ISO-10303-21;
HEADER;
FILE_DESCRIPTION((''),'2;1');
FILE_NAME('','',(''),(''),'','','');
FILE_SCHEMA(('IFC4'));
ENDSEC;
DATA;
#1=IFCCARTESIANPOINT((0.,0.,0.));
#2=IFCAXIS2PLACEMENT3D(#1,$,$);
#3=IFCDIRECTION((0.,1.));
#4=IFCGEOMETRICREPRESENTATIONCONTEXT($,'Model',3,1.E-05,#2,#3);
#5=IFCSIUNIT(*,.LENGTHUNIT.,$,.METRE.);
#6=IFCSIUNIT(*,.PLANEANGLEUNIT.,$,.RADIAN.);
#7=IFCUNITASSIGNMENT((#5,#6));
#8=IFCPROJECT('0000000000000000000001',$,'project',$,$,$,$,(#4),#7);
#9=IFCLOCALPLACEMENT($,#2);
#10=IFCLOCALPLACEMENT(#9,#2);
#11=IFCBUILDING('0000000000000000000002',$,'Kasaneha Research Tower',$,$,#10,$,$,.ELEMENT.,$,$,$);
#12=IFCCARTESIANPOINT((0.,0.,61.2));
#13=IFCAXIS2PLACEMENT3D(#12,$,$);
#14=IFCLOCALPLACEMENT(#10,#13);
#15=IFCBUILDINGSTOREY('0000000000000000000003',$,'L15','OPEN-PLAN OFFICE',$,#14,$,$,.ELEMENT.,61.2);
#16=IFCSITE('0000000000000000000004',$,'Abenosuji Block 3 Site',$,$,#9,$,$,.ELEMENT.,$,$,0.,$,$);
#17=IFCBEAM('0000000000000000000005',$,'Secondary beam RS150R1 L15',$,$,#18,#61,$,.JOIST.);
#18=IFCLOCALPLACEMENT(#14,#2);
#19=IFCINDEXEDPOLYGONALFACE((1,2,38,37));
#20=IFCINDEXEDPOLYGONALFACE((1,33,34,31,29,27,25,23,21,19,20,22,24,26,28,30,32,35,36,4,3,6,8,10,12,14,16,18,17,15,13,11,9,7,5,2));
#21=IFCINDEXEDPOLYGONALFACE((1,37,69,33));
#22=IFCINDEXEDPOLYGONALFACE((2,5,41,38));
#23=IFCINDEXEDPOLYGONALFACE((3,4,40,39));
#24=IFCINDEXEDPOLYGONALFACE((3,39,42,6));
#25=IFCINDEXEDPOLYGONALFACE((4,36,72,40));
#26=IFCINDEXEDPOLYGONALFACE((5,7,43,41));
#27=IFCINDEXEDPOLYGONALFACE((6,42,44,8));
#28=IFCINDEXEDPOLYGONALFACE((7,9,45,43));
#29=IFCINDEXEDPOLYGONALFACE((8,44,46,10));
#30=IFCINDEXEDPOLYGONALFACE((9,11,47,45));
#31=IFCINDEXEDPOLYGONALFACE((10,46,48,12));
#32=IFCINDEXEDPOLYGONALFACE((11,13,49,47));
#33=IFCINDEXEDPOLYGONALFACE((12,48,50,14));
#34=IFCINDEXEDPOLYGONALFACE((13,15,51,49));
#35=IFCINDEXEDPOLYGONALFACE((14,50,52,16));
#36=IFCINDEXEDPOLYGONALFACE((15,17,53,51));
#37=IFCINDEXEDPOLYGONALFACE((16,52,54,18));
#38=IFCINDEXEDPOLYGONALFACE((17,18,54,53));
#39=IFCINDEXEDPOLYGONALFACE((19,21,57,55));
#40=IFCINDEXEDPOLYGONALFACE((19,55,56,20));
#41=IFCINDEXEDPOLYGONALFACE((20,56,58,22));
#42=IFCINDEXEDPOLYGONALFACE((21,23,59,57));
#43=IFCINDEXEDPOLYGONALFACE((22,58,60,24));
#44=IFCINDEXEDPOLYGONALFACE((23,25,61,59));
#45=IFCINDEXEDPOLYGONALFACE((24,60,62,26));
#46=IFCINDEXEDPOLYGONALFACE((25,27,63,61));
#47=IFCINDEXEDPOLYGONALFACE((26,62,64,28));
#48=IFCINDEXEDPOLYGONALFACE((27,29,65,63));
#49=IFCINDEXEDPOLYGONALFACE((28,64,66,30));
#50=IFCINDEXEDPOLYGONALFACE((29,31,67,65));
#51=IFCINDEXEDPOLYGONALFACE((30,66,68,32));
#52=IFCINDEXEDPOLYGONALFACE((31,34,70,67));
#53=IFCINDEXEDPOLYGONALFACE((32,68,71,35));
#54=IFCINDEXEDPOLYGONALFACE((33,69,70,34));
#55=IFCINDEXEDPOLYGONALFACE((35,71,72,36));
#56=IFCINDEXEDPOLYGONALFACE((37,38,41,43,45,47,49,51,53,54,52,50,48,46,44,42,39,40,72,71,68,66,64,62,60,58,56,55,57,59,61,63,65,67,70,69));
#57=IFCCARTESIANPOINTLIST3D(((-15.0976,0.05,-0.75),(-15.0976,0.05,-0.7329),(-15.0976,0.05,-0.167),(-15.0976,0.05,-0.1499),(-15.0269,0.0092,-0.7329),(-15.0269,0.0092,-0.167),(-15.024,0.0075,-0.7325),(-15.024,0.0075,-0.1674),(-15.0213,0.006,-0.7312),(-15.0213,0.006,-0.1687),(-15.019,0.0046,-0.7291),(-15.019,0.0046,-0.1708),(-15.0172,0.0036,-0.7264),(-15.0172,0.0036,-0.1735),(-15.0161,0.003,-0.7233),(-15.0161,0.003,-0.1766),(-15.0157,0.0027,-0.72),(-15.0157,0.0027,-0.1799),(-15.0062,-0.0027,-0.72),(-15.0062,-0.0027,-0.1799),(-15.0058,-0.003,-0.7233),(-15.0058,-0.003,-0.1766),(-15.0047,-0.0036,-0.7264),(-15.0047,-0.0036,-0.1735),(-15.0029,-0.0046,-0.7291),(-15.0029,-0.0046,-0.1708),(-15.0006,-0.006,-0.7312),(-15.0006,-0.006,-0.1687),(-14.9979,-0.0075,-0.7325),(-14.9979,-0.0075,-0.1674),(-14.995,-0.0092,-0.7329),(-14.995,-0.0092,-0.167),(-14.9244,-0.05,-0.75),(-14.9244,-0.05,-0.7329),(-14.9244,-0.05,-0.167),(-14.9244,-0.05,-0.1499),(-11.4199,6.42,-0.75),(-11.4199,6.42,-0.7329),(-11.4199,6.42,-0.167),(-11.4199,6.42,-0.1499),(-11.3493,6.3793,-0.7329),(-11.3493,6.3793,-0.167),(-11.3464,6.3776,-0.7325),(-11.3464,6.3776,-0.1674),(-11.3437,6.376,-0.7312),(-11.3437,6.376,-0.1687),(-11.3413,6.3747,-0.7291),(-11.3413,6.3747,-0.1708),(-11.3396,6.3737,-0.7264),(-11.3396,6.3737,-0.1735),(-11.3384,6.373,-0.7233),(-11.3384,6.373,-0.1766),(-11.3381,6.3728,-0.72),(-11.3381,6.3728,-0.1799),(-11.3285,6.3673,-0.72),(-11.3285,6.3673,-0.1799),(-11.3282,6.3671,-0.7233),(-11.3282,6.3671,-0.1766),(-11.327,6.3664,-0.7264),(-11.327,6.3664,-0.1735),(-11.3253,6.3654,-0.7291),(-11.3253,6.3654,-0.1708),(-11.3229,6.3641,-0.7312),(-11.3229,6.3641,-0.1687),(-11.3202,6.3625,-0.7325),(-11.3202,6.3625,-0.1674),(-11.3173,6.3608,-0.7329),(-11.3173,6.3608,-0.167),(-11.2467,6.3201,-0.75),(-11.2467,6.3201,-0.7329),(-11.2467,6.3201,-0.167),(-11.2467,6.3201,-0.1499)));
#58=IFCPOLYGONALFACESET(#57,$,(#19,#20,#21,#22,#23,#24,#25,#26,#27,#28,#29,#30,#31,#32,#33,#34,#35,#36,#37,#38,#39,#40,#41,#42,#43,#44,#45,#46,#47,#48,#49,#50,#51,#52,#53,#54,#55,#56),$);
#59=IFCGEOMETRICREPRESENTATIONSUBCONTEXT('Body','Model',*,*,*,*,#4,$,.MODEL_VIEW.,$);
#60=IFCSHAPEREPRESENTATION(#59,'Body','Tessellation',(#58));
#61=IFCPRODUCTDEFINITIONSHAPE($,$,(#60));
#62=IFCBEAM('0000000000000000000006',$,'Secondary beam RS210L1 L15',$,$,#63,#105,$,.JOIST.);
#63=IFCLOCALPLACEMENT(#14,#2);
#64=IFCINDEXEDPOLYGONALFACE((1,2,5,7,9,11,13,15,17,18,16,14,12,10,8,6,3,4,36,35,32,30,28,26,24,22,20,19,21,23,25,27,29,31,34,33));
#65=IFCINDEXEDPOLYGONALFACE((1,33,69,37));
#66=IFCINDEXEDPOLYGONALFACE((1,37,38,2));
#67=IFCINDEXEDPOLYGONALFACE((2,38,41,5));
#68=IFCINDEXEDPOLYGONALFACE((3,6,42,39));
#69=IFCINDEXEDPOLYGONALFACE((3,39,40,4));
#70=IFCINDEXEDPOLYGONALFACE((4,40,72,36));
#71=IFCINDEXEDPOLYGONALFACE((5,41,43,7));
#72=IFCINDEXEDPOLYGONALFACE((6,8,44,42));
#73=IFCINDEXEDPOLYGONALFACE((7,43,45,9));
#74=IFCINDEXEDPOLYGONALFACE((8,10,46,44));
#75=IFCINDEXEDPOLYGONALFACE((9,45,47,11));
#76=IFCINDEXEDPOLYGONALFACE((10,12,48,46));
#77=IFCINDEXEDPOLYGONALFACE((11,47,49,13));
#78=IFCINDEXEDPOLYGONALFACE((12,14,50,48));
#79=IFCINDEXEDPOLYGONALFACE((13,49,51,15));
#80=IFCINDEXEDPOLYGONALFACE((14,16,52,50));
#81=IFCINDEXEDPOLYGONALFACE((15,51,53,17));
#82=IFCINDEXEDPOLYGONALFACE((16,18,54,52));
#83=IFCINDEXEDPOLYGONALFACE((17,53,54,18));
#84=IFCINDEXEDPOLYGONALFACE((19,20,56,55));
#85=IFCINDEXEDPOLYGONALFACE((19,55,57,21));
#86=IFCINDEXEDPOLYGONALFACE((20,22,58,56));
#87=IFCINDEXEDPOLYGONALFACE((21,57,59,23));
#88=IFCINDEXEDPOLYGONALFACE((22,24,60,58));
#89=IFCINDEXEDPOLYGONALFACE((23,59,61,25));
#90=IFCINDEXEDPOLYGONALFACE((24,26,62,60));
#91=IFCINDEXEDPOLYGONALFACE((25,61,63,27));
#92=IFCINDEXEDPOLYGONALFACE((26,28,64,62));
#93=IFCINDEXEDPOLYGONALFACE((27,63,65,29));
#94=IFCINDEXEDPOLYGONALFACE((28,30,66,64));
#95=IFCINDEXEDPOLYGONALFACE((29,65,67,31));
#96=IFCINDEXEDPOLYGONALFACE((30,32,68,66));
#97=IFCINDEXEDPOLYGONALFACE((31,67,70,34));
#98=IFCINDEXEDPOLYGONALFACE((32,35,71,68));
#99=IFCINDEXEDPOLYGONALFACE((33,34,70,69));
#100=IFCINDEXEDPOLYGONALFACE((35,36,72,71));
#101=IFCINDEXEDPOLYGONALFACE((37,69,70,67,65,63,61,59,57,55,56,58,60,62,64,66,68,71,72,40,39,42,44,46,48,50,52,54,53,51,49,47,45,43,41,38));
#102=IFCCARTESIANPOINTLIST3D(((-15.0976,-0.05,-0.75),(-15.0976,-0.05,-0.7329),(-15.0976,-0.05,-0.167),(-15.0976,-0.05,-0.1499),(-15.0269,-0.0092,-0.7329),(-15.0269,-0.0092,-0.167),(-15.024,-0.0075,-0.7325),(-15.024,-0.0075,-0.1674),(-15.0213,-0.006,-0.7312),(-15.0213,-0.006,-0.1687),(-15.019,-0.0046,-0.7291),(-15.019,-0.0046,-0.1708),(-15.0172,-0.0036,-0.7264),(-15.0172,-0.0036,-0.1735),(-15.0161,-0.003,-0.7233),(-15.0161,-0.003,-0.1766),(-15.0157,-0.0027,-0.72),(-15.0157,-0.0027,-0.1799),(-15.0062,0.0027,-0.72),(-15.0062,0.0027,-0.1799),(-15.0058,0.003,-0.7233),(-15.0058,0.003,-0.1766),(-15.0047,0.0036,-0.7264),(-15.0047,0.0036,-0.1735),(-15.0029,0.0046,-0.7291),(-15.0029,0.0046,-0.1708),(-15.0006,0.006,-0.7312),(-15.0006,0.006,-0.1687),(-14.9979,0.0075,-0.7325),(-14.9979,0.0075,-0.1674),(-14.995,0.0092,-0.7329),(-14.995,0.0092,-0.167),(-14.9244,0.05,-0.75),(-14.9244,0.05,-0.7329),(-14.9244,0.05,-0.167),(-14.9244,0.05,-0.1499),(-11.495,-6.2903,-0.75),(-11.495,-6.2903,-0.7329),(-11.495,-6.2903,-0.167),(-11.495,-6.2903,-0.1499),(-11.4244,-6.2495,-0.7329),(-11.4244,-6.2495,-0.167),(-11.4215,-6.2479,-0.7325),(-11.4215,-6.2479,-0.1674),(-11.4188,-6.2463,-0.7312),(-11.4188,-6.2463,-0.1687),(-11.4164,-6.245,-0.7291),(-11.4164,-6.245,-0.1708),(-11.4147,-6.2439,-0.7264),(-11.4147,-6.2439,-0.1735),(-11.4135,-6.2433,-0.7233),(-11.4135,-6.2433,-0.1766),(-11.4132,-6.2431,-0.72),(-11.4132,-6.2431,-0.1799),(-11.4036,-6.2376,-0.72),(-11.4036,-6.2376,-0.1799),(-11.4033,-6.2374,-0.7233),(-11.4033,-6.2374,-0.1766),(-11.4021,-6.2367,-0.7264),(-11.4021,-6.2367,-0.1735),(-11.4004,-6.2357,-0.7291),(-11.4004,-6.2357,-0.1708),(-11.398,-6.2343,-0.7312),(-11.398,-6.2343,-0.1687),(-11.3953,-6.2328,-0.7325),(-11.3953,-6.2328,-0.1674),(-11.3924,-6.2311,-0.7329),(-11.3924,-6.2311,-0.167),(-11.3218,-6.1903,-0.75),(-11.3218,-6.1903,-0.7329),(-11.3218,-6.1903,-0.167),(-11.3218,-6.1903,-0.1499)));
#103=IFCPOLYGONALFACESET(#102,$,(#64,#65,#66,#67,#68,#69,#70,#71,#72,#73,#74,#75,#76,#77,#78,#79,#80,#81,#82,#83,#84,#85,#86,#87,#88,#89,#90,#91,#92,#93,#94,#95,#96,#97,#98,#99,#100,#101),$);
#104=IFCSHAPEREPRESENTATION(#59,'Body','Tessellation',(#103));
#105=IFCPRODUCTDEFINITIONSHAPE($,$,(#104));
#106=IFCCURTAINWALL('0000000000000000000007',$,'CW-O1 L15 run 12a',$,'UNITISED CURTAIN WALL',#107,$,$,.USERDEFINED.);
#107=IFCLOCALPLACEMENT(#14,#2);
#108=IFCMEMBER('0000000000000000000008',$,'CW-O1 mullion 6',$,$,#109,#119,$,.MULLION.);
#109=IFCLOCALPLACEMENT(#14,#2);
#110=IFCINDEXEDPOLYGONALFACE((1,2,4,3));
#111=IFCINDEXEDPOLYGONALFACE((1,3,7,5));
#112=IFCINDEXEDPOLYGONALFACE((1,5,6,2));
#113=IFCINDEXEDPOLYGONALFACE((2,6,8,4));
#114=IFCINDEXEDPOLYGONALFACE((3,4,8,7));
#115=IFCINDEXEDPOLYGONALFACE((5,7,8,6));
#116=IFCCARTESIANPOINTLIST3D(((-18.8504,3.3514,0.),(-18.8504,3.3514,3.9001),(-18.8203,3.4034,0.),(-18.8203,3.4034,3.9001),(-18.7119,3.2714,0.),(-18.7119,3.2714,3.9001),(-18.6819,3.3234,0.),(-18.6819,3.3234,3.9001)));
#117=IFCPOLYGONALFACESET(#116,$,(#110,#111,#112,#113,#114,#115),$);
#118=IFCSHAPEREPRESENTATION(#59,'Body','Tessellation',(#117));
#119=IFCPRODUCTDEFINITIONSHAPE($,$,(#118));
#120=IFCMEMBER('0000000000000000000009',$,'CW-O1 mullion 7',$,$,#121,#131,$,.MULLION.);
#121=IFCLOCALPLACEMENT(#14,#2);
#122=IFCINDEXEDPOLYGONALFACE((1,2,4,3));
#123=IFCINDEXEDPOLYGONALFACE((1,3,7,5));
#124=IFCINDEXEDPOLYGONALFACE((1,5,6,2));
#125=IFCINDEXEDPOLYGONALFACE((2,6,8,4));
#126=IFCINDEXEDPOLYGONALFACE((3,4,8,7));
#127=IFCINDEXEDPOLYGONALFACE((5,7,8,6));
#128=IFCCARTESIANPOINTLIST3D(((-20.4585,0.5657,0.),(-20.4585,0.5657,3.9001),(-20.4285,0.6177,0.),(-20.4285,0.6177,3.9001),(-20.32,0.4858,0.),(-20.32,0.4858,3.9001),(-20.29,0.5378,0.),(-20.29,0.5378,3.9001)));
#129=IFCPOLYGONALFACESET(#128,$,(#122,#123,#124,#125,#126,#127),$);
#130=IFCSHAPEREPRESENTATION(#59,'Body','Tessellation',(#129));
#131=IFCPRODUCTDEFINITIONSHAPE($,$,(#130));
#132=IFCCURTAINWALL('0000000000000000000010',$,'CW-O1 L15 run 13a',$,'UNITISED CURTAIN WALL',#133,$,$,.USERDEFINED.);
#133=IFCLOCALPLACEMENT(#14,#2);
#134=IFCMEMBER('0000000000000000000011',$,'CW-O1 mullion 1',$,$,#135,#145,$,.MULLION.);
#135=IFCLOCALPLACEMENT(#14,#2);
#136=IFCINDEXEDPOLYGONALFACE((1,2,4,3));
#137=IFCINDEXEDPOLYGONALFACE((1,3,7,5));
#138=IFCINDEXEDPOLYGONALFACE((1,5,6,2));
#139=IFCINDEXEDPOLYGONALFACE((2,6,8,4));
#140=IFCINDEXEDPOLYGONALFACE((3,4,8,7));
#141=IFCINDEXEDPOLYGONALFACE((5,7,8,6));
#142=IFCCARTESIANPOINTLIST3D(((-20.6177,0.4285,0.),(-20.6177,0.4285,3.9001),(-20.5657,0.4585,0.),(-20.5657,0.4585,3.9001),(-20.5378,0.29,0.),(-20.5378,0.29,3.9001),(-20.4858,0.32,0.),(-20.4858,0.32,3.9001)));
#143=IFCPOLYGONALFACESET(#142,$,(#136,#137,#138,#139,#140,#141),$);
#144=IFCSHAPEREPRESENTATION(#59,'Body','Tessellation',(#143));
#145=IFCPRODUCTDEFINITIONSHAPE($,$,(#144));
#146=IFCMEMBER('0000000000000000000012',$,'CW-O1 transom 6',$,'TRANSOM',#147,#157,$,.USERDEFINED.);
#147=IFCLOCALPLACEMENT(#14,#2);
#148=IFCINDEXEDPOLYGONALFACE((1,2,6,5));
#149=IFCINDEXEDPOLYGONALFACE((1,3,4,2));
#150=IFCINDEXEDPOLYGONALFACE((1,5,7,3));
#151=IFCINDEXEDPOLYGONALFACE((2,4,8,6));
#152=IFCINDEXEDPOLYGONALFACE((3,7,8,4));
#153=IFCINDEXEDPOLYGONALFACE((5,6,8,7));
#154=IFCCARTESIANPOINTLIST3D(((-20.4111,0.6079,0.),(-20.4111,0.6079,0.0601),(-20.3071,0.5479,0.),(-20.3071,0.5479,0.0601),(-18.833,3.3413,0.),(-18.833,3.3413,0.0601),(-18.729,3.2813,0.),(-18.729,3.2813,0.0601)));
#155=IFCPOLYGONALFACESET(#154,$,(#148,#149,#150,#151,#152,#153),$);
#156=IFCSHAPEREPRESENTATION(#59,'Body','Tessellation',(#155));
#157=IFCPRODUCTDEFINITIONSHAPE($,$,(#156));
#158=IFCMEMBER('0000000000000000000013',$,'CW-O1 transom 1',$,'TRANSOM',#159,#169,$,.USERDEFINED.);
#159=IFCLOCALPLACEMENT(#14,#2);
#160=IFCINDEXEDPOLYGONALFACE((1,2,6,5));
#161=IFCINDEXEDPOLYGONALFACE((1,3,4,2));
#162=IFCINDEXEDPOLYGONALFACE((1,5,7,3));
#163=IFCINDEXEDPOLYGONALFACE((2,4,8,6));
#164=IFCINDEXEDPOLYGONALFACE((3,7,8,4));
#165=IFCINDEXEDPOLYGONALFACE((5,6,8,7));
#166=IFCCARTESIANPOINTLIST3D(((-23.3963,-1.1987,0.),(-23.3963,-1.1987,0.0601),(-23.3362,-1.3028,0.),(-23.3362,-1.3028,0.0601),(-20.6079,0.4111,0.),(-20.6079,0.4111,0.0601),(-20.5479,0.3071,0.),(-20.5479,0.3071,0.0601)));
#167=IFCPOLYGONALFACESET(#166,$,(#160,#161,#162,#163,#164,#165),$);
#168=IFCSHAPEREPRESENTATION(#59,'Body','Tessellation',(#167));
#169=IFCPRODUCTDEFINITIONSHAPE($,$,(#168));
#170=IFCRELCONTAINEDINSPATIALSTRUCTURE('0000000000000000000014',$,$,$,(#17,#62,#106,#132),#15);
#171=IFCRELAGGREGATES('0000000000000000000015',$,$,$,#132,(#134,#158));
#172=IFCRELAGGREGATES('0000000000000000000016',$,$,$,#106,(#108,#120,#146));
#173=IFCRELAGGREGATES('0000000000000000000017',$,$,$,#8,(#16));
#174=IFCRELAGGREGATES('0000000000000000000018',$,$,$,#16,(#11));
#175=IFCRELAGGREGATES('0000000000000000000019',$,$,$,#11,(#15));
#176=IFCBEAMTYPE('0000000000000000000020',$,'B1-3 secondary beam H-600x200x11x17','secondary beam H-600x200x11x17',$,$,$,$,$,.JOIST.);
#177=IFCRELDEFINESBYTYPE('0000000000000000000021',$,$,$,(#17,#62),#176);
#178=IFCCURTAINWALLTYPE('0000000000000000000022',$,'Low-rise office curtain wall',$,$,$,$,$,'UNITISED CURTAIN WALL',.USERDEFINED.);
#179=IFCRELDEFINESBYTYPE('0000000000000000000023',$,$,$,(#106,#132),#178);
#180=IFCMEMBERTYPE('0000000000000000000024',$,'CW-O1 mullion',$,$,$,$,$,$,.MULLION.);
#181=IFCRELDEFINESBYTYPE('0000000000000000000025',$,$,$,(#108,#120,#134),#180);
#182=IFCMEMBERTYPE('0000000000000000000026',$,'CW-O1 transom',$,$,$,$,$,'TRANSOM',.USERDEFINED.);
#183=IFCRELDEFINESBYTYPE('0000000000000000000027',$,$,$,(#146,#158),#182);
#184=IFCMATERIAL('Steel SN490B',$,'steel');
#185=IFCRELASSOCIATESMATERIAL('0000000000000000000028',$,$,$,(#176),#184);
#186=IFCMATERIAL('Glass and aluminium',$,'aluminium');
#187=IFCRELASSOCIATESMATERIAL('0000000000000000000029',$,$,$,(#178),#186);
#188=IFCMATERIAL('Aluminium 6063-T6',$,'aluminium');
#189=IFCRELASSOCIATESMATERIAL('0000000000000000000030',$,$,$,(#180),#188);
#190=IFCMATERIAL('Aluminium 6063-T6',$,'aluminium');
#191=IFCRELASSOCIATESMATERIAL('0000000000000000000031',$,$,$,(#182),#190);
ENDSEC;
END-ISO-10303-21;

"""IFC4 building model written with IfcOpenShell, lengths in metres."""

from ifc_helpers import new_model, si_unit, direction, frame, origin, origin_2d, place, context, subcontext, project, spatial, rectangle, i_section, extrude, material, material_profile, profile_set, type_object, element, aggregate, save


model = new_model("IFC4")

# Units and contexts
model_context = context("Model", 3, precision=1e-05, world=origin(), true_north=direction((0.0, 1.0)))
body_context = subcontext(model_context, "Body", "Model", "MODEL_VIEW")
ifc_project = project(units=[si_unit("LENGTHUNIT", "METRE"), si_unit("PLANEANGLEUNIT", "RADIAN")], contexts=[model_context])

# Site, building, storey
site_placement = place(None, origin())
site = spatial("IfcSite", under=ifc_project, at=site_placement, Name="Abenosuji Block 3 Site", CompositionType="ELEMENT", RefElevation=0.0)
building_placement = place(site_placement, origin())
building = spatial("IfcBuilding", under=site, at=building_placement, Name="Kasaneha Research Tower", CompositionType="ELEMENT")
storey_placement = place(building_placement, frame((0.0, 0.0, 61.2)))
storey = spatial("IfcBuildingStorey", under=building, at=storey_placement, Name="L15", Description="OPEN-PLAN OFFICE", CompositionType="ELEMENT", Elevation=61.2)

# Beams
ifc_material_1 = material(Name="Steel SN490B", Category="steel")
ifc_material_profile_1 = material_profile(ifc_material_1, i_section(OverallWidth=0.2, OverallDepth=0.6001, WebThickness=0.011, FlangeThickness=0.0171, FilletRadius=0.0129, at=origin_2d()), Name="H-600x200x11x17")
ifc_profile_set_1 = profile_set([ifc_material_profile_1], Name="Steel SN490B")
beam_type_1 = type_object("IfcBeamType", Name="B1-3 secondary beam H-600x200x11x17", Description="secondary beam H-600x200x11x17", PredefinedType="JOIST", material=ifc_profile_set_1)
beam_1_placement = place(storey_placement, frame((-15.011, 0.0, -0.45), z_axis=(0.499994, 0.866029, 0.0), x_axis=(-0.866029, 0.499994, 0.0)))
element("IfcBeam", 1, at=beam_1_placement, inside=storey, type_object=beam_type_1, Name="Secondary beam RS150R1 L15", PredefinedType="JOIST", context=body_context, shape_type="SweptSolid", body=[
    extrude(i_section(OverallWidth=0.2, OverallDepth=0.6001, WebThickness=0.011, FlangeThickness=0.0171, FilletRadius=0.0129, at=origin_2d()), origin(), (0.0, 0.0, 1.0), 7.3555),
])
beam_2_placement = place(storey_placement, frame((-15.011, 0.0, -0.45), z_axis=(0.499973, -0.866041, 0.0), x_axis=(0.866041, 0.499973, 0.0)))
element("IfcBeam", 2, at=beam_2_placement, inside=storey, type_object=beam_type_1, Name="Secondary beam RS210L1 L15", PredefinedType="JOIST", context=body_context, shape_type="SweptSolid", body=[
    extrude(i_section(OverallWidth=0.2, OverallDepth=0.6001, WebThickness=0.011, FlangeThickness=0.0171, FilletRadius=0.0129, at=origin_2d()), origin(), (0.0, 0.0, 1.0), 7.2056),
])

# Curtain wall, members
ifc_material_2 = material(Name="Glass and aluminium", Category="aluminium")
curtain_wall_type = type_object("IfcCurtainWallType", Name="Low-rise office curtain wall", ElementType="UNITISED CURTAIN WALL", PredefinedType="USERDEFINED", material=ifc_material_2)
curtain_wall_1_placement = place(storey_placement, origin())
curtain_wall_1 = element("IfcCurtainWall", 3, at=curtain_wall_1_placement, inside=storey, type_object=curtain_wall_type, Name="CW-O1 L15 run 12a", ObjectType="UNITISED CURTAIN WALL", PredefinedType="USERDEFINED")
ifc_material_3 = material(Name="Aluminium 6063-T6", Category="aluminium")
ifc_material_profile_2 = material_profile(ifc_material_3, rectangle(XDim=0.0601, YDim=0.1599, at=origin_2d()), Name="CW-O1 mullion 60x160")
ifc_profile_set_2 = profile_set([ifc_material_profile_2], Name="Aluminium 6063-T6")
member_type_1 = type_object("IfcMemberType", Name="CW-O1 mullion", PredefinedType="MULLION", material=ifc_profile_set_2)
member_1_placement = place(storey_placement, frame((-18.7661, 3.3374, 0.0), z_axis=(0.0, 0.0, 1.0), x_axis=(-0.5, -0.866025, 0.0)))
member_1 = element("IfcMember", 4, at=member_1_placement, type_object=member_type_1, Name="CW-O1 mullion 6", PredefinedType="MULLION", context=body_context, shape_type="SweptSolid", body=[
    extrude(rectangle(XDim=0.0601, YDim=0.1599, at=origin_2d()), origin(), (0.0, 0.0, 1.0), 3.9001),
])
member_2_placement = place(storey_placement, frame((-20.3743, 0.5518, 0.0), z_axis=(0.0, 0.0, 1.0), x_axis=(-0.5, -0.866025, 0.0)))
member_2 = element("IfcMember", 5, at=member_2_placement, type_object=member_type_1, Name="CW-O1 mullion 7", PredefinedType="MULLION", context=body_context, shape_type="SweptSolid", body=[
    extrude(rectangle(XDim=0.0601, YDim=0.1599, at=origin_2d()), origin(), (0.0, 0.0, 1.0), 3.9001),
])

# Curtain wall, member
curtain_wall_2_placement = place(storey_placement, origin())
curtain_wall_2 = element("IfcCurtainWall", 6, at=curtain_wall_2_placement, inside=storey, type_object=curtain_wall_type, Name="CW-O1 L15 run 13a", ObjectType="UNITISED CURTAIN WALL", PredefinedType="USERDEFINED")
member_3_placement = place(storey_placement, frame((-20.5518, 0.3743, 0.0), z_axis=(0.0, 0.0, 1.0), x_axis=(-0.866025, -0.5, 0.0)))
member_3 = element("IfcMember", 7, at=member_3_placement, type_object=member_type_1, Name="CW-O1 mullion 1", PredefinedType="MULLION", context=body_context, shape_type="SweptSolid", body=[
    extrude(rectangle(XDim=0.0601, YDim=0.1599, at=origin_2d()), origin(), (0.0, 0.0, 1.0), 3.9001),
])

# Members
ifc_material_4 = material(Name="Aluminium 6063-T6", Category="aluminium")
ifc_material_profile_3 = material_profile(ifc_material_4, rectangle(XDim=0.1201, YDim=0.0601, at=origin_2d()), Name="CW-O1 transom 120x60")
ifc_profile_set_3 = profile_set([ifc_material_profile_3], Name="Aluminium 6063-T6")
member_type_2 = type_object("IfcMemberType", Name="CW-O1 transom", ElementType="TRANSOM", PredefinedType="USERDEFINED", material=ifc_profile_set_3)
member_4_placement = place(storey_placement, frame((-18.781, 3.3113, 0.03), z_axis=(-0.499999, -0.866026, 0.0), x_axis=(0.866026, -0.499999, 0.0)))
member_4 = element("IfcMember", 8, at=member_4_placement, type_object=member_type_2, Name="CW-O1 transom 6", ObjectType="TRANSOM", PredefinedType="USERDEFINED", context=body_context, shape_type="SweptSolid", body=[
    extrude(rectangle(XDim=0.1201, YDim=0.0601, at=origin_2d()), origin(), (0.0, 0.0, 1.0), 3.1562),
])
member_5_placement = place(storey_placement, frame((-20.5779, 0.3591, 0.03), z_axis=(-0.866023, -0.500005, 0.0), x_axis=(0.500005, -0.866023, 0.0)))
member_5 = element("IfcMember", 9, at=member_5_placement, type_object=member_type_2, Name="CW-O1 transom 1", ObjectType="TRANSOM", PredefinedType="USERDEFINED", context=body_context, shape_type="SweptSolid", body=[
    extrude(rectangle(XDim=0.1201, YDim=0.0601, at=origin_2d()), origin(), (0.0, 0.0, 1.0), 3.2197),
])
aggregate(curtain_wall_2, [member_3, member_5])

aggregate(curtain_wall_1, [member_1, member_2, member_4])

save(model, "model.ifc")
